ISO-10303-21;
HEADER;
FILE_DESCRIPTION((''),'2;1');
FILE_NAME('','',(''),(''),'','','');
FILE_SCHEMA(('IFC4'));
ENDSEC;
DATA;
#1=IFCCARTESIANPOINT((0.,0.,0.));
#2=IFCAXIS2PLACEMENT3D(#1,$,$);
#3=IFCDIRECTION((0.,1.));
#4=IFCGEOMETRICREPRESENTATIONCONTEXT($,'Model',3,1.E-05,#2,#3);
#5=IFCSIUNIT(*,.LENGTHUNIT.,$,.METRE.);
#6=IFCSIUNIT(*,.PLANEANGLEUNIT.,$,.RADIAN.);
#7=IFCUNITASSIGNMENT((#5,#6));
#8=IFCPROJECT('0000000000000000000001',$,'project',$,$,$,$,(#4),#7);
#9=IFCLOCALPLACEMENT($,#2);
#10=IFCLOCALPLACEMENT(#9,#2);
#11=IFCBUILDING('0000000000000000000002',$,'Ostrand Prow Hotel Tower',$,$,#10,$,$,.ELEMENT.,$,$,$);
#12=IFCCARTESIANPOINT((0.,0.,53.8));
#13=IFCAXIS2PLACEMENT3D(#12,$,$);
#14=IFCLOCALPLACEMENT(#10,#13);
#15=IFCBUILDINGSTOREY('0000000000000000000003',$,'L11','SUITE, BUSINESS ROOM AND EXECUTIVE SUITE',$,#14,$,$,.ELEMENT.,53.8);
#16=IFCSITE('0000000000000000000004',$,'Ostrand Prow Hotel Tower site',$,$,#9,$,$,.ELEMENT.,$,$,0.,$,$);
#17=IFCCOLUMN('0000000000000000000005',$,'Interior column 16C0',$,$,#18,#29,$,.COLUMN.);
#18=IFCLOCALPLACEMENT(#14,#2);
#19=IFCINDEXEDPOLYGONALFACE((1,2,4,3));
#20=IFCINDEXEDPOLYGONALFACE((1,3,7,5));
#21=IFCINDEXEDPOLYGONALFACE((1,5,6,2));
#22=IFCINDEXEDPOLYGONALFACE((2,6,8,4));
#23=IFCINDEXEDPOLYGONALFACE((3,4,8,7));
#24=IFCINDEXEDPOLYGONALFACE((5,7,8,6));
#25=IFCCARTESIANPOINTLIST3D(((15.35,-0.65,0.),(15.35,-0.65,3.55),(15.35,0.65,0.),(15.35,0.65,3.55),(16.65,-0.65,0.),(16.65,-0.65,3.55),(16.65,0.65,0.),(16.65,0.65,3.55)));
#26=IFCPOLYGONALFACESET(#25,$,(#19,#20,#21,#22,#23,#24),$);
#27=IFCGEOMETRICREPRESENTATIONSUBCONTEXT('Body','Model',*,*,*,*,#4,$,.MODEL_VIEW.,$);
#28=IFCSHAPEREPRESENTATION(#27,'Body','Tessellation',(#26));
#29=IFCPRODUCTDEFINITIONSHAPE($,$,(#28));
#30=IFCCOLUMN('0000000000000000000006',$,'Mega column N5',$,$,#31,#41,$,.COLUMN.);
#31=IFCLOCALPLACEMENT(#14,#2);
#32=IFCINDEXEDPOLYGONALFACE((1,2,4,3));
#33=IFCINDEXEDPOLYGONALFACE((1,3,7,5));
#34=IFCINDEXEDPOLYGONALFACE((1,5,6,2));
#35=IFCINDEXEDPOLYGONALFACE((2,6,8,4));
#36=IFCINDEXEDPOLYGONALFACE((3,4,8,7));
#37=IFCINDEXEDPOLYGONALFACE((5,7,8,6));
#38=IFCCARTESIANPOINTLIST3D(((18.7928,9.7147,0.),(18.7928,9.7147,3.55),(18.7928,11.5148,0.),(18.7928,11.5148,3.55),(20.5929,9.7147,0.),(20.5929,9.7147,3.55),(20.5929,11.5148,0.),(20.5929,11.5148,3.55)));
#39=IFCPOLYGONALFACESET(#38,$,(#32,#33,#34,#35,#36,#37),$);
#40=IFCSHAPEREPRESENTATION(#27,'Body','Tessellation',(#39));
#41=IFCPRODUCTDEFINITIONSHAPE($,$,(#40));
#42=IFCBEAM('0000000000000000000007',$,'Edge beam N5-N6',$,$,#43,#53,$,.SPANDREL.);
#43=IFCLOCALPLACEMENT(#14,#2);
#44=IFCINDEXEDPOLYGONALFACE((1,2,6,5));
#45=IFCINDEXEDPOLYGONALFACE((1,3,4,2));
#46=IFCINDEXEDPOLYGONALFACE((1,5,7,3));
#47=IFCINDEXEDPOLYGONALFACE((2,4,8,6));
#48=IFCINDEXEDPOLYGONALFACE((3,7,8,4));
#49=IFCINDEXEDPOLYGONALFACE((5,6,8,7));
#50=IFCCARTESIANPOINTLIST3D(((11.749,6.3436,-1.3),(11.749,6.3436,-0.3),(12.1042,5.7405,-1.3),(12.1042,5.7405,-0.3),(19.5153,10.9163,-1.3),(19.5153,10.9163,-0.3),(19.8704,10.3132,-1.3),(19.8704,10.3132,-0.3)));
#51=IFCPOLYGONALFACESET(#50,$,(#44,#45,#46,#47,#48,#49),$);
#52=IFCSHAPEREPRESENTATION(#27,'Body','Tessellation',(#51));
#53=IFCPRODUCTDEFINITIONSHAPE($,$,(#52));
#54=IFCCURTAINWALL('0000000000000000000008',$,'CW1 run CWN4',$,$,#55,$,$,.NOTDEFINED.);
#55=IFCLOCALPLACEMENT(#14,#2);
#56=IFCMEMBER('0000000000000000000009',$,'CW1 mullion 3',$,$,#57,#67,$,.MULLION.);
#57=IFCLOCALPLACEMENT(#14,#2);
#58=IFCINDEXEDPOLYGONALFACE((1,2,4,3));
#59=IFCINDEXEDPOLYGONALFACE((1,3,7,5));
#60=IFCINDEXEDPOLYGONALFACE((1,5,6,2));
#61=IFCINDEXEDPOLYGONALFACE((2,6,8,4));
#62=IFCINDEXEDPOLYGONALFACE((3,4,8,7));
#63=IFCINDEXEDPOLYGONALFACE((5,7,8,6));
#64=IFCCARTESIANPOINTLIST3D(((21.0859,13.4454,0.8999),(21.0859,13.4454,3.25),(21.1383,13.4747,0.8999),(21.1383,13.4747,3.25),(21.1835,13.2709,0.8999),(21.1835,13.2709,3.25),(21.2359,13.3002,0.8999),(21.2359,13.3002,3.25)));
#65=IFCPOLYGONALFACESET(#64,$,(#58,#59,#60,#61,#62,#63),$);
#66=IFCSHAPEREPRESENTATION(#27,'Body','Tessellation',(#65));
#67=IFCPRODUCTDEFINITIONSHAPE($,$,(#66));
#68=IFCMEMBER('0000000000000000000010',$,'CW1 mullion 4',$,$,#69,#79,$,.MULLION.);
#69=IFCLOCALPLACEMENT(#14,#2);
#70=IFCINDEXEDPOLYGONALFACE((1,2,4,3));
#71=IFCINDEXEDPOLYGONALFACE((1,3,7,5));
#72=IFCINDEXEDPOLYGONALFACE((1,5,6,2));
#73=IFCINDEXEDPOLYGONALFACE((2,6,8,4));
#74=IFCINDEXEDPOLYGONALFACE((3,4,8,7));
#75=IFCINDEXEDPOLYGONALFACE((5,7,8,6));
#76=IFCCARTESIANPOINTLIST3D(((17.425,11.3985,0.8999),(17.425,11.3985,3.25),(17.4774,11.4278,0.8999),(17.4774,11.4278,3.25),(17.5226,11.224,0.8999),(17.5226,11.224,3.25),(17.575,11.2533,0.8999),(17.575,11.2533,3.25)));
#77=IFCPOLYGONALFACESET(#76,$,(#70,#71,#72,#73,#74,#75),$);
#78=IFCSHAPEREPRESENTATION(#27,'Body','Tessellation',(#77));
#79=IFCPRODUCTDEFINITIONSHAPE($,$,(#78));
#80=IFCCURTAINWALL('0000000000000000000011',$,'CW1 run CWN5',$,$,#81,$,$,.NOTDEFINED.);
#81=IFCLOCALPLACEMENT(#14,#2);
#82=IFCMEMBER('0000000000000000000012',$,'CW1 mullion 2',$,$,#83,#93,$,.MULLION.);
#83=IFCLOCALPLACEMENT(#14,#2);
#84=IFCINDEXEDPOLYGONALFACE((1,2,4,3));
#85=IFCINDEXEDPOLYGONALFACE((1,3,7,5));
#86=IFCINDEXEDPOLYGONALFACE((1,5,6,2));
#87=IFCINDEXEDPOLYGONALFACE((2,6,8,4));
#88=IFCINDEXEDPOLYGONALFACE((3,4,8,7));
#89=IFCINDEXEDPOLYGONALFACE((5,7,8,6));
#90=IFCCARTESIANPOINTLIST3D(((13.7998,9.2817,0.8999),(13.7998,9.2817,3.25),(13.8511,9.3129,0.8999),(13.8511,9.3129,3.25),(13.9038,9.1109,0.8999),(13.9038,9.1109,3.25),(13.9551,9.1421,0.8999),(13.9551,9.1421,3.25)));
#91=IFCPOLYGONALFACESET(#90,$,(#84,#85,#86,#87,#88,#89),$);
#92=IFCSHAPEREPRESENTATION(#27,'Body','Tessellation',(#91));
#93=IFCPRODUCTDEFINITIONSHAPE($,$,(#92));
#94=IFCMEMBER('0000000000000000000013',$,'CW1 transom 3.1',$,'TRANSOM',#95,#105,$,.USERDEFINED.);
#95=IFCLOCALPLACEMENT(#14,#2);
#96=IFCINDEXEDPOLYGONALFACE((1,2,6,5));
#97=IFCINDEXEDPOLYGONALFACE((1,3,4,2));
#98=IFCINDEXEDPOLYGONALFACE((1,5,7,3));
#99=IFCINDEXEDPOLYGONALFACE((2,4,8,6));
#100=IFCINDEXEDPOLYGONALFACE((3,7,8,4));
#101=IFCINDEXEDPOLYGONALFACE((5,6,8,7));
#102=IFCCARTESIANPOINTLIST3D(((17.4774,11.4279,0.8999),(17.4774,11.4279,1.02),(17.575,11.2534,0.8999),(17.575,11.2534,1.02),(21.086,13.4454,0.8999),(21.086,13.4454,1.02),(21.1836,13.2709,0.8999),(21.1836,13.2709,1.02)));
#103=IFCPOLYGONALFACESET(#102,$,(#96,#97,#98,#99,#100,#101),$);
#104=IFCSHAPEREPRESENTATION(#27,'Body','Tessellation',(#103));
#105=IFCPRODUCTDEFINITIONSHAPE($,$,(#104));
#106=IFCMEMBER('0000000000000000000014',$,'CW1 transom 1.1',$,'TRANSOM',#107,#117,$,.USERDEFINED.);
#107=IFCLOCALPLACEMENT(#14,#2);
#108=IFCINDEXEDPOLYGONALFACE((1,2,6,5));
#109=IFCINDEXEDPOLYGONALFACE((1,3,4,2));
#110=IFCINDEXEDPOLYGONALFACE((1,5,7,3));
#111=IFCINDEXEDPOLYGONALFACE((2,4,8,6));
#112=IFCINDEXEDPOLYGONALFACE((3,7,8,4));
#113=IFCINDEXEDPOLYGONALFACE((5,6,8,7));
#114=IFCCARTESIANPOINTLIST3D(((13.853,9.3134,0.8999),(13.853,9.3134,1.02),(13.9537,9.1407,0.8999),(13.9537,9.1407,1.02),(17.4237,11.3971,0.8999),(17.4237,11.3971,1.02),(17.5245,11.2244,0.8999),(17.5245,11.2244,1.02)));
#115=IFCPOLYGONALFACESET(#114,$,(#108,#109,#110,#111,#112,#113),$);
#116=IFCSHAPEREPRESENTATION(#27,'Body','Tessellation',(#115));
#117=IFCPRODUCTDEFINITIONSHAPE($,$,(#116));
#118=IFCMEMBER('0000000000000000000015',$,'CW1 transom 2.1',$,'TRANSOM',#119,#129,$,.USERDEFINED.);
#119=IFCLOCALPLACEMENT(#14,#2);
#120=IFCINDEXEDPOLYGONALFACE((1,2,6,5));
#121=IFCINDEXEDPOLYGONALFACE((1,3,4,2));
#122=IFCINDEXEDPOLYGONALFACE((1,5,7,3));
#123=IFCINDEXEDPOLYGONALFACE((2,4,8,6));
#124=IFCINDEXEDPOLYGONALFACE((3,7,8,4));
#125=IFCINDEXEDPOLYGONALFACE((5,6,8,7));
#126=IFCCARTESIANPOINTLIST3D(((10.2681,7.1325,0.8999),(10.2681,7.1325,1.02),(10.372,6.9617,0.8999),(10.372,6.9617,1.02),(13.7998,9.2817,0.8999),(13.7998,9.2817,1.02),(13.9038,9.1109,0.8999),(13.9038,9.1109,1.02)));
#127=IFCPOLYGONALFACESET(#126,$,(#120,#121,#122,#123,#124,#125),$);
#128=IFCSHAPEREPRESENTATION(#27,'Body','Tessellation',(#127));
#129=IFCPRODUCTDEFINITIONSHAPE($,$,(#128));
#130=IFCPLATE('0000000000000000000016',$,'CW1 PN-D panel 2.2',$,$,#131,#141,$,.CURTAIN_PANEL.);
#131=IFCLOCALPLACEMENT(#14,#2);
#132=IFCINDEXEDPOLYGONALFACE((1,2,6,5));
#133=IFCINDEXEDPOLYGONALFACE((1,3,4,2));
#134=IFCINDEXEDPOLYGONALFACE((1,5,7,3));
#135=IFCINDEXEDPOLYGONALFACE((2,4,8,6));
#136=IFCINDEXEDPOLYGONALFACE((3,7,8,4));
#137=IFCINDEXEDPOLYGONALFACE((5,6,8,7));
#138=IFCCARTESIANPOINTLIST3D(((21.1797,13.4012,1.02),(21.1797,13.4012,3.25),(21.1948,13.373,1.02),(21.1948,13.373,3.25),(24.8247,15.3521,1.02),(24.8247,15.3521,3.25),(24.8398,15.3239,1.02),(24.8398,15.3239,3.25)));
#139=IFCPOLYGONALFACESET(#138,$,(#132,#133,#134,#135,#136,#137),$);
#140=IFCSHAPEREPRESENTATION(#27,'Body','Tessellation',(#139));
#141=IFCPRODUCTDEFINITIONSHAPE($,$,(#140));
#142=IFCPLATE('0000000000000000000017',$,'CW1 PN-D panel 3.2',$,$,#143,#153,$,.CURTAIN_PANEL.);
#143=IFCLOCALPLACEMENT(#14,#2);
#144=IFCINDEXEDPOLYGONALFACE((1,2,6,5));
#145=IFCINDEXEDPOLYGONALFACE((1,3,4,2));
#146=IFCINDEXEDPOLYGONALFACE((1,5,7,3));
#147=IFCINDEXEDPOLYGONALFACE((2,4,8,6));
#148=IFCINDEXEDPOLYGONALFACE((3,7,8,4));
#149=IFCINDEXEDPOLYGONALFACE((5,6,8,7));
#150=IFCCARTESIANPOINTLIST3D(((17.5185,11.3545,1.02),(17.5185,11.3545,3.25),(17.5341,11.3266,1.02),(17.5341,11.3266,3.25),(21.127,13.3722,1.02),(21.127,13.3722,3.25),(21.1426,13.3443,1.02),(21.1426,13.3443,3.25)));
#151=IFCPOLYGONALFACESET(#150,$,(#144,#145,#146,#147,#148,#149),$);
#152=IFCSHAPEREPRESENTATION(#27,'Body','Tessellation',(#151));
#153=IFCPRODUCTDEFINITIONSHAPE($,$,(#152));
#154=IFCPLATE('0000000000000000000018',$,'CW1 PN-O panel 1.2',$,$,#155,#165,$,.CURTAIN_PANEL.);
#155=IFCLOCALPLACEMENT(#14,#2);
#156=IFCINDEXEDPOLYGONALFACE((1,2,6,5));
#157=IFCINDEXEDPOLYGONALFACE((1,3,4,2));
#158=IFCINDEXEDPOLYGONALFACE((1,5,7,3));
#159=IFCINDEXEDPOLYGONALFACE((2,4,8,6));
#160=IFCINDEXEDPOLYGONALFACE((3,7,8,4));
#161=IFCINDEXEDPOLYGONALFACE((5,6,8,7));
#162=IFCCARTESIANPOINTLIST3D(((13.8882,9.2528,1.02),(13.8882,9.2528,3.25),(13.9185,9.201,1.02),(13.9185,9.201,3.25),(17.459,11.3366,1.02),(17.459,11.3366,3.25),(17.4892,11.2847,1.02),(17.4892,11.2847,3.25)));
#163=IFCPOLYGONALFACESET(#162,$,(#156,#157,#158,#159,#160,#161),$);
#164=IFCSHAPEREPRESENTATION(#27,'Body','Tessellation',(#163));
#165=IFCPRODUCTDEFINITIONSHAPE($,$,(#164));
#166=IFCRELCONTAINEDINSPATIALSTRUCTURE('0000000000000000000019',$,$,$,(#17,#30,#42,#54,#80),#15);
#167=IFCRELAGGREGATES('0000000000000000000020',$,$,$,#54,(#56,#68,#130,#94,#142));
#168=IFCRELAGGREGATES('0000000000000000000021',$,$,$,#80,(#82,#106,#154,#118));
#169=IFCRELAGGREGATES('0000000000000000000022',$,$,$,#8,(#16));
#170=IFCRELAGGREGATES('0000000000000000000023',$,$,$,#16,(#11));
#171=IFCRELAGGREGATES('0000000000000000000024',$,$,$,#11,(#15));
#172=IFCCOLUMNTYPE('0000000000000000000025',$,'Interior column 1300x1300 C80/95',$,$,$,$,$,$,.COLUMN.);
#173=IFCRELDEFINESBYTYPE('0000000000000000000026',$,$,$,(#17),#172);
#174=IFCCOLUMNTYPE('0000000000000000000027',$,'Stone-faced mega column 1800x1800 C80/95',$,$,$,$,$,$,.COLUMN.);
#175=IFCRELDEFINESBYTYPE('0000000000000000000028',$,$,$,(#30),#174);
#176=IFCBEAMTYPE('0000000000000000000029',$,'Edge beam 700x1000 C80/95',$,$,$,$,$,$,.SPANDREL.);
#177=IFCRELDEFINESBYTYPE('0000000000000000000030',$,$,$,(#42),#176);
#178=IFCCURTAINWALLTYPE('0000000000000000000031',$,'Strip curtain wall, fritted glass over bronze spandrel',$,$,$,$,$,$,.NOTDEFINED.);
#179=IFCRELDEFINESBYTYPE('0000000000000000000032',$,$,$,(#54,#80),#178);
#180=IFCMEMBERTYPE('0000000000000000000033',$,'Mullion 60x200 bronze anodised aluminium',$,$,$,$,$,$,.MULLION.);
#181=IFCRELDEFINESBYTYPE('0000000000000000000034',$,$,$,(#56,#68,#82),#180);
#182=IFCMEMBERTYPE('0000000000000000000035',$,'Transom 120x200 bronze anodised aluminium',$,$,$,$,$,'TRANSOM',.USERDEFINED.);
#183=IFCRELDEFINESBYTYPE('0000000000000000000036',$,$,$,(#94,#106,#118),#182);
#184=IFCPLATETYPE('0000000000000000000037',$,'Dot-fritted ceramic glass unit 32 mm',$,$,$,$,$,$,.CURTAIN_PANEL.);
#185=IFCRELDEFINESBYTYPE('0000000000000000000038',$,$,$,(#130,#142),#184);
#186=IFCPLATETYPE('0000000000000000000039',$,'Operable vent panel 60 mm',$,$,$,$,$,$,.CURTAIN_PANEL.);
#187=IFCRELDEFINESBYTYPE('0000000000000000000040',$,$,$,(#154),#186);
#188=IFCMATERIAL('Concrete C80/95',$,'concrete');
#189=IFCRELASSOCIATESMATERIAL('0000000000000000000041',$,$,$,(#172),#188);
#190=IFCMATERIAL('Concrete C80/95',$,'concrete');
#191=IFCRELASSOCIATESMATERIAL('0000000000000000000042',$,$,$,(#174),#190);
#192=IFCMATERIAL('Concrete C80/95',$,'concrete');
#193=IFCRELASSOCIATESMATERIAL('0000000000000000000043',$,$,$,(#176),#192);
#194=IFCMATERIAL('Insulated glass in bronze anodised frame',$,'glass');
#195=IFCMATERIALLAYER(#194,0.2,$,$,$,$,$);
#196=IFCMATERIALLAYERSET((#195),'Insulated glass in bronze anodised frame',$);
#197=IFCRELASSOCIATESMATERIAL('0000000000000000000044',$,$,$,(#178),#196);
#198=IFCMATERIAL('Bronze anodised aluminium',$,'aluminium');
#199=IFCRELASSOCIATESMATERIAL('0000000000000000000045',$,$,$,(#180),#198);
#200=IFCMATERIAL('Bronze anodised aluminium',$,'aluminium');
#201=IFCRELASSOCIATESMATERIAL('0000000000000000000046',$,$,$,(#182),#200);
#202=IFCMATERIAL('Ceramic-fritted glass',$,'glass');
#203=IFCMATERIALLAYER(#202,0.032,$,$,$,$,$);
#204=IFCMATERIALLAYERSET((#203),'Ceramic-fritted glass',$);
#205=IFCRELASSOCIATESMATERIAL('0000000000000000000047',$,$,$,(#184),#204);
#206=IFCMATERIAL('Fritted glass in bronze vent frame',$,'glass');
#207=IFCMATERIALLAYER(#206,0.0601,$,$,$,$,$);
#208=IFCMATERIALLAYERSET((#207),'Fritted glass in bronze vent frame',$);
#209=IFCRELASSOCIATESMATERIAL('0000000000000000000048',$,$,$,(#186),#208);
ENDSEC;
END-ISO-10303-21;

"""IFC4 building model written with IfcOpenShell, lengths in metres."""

from ifc_helpers import new_model, si_unit, direction, frame, origin, origin_2d, place, context, subcontext, project, spatial, rectangle, extrude, material, layer, layer_set, material_profile, profile_set, type_object, element, aggregate, save


model = new_model("IFC4")

# Units and contexts
model_context = context("Model", 3, precision=1e-05, world=origin(), true_north=direction((0.0, 1.0)))
body_context = subcontext(model_context, "Body", "Model", "MODEL_VIEW")
ifc_project = project(units=[si_unit("LENGTHUNIT", "METRE"), si_unit("PLANEANGLEUNIT", "RADIAN")], contexts=[model_context])

# Site, building, storey
site_placement = place(None, origin())
site = spatial("IfcSite", under=ifc_project, at=site_placement, Name="Ostrand Prow Hotel Tower site", CompositionType="ELEMENT", RefElevation=0.0)
building_placement = place(site_placement, origin())
building = spatial("IfcBuilding", under=site, at=building_placement, Name="Ostrand Prow Hotel Tower", CompositionType="ELEMENT")
storey_placement = place(building_placement, frame((0.0, 0.0, 53.8)))
storey = spatial("IfcBuildingStorey", under=building, at=storey_placement, Name="L11", Description="SUITE, BUSINESS ROOM AND EXECUTIVE SUITE", CompositionType="ELEMENT", Elevation=53.8)

# Columns
ifc_material_1 = material(Name="Concrete C80/95", Category="concrete")
ifc_material_profile_1 = material_profile(ifc_material_1, rectangle(XDim=1.3, YDim=1.3, at=origin_2d()), Name="RC 1300x1300")
ifc_profile_set_1 = profile_set([ifc_material_profile_1], Name="Concrete C80/95")
column_type_1 = type_object("IfcColumnType", Name="Interior column 1300x1300 C80/95", PredefinedType="COLUMN", material=ifc_profile_set_1)
column_1_placement = place(storey_placement, frame((16.0, 0.0, 0.0), z_axis=(0.0, 0.0, 1.0), x_axis=(1.0, 0.0, 0.0)))
element("IfcColumn", 1, at=column_1_placement, inside=storey, type_object=column_type_1, Name="Interior column 16C0", PredefinedType="COLUMN", context=body_context, shape_type="SweptSolid", body=[
    extrude(rectangle(XDim=1.3, YDim=1.3, at=origin_2d()), origin(), (0.0, 0.0, 1.0), 3.55),
])
ifc_material_2 = material(Name="Concrete C80/95", Category="concrete")
ifc_material_profile_2 = material_profile(ifc_material_2, rectangle(XDim=1.8, YDim=1.8, at=origin_2d()), Name="RC 1800x1800")
ifc_profile_set_2 = profile_set([ifc_material_profile_2], Name="Concrete C80/95")
column_type_2 = type_object("IfcColumnType", Name="Stone-faced mega column 1800x1800 C80/95", PredefinedType="COLUMN", material=ifc_profile_set_2)
column_2_placement = place(storey_placement, frame((19.6929, 10.6147, 0.0), z_axis=(0.0, 0.0, 1.0), x_axis=(1.0, 0.0, 0.0)))
element("IfcColumn", 2, at=column_2_placement, inside=storey, type_object=column_type_2, Name="Mega column N5", PredefinedType="COLUMN", context=body_context, shape_type="SweptSolid", body=[
    extrude(rectangle(XDim=1.8, YDim=1.8, at=origin_2d()), origin(), (0.0, 0.0, 1.0), 3.55),
])

# Beam
ifc_material_3 = material(Name="Concrete C80/95", Category="concrete")
ifc_material_profile_3 = material_profile(ifc_material_3, rectangle(XDim=0.7, YDim=1.0, at=origin_2d()), Name="RC 700x1000")
ifc_profile_set_3 = profile_set([ifc_material_profile_3], Name="Concrete C80/95")
beam_type = type_object("IfcBeamType", Name="Edge beam 700x1000 C80/95", PredefinedType="SPANDREL", material=ifc_profile_set_3)
beam_placement = place(storey_placement, frame((19.6929, 10.6147, -0.8), z_axis=(-0.861725, -0.507375, 0.0), x_axis=(0.507375, -0.861725, 0.0)))
element("IfcBeam", 3, at=beam_placement, inside=storey, type_object=beam_type, Name="Edge beam N5-N6", PredefinedType="SPANDREL", context=body_context, shape_type="SweptSolid", body=[
    extrude(rectangle(XDim=0.7, YDim=1.0, at=origin_2d()), origin(), (0.0, 0.0, 1.0), 9.0125),
])

# Curtain wall, members
ifc_material_4 = material(Name="Insulated glass in bronze anodised frame", Category="glass")
ifc_layer_1 = layer(ifc_material_4, 0.2)
ifc_layer_set_1 = layer_set([ifc_layer_1], Name="Insulated glass in bronze anodised frame")
curtain_wall_type = type_object("IfcCurtainWallType", Name="Strip curtain wall, fritted glass over bronze spandrel", PredefinedType="NOTDEFINED", material=ifc_layer_set_1)
curtain_wall_1_placement = place(storey_placement, origin())
curtain_wall_1 = element("IfcCurtainWall", 4, at=curtain_wall_1_placement, inside=storey, type_object=curtain_wall_type, Name="CW1 run CWN4", PredefinedType="NOTDEFINED")
ifc_material_5 = material(Name="Bronze anodised aluminium", Category="aluminium")
ifc_material_profile_4 = material_profile(ifc_material_5, rectangle(XDim=0.2, YDim=0.0601, at=origin_2d()), Name="Mullion 60x200 bronze anodised aluminium")
ifc_profile_set_4 = profile_set([ifc_material_profile_4], Name="Bronze anodised aluminium")
member_type_1 = type_object("IfcMemberType", Name="Mullion 60x200 bronze anodised aluminium", PredefinedType="MULLION", material=ifc_profile_set_4)
member_1_placement = place(storey_placement, frame((21.1609, 13.3728, 0.8999), z_axis=(0.0, 0.0, 1.0), x_axis=(0.488044, -0.872819, 0.0)))
member_1 = element("IfcMember", 5, at=member_1_placement, type_object=member_type_1, Name="CW1 mullion 3", PredefinedType="MULLION", context=body_context, shape_type="SweptSolid", body=[
    extrude(rectangle(XDim=0.2, YDim=0.0601, at=origin_2d()), origin(), (0.0, 0.0, 1.0), 2.3501),
])
member_2_placement = place(storey_placement, frame((17.5, 11.3259, 0.8999), z_axis=(0.0, 0.0, 1.0), x_axis=(0.488044, -0.872819, 0.0)))
member_2 = element("IfcMember", 6, at=member_2_placement, type_object=member_type_1, Name="CW1 mullion 4", PredefinedType="MULLION", context=body_context, shape_type="SweptSolid", body=[
    extrude(rectangle(XDim=0.2, YDim=0.0601, at=origin_2d()), origin(), (0.0, 0.0, 1.0), 2.3501),
])

# Curtain wall, member
curtain_wall_2_placement = place(storey_placement, origin())
curtain_wall_2 = element("IfcCurtainWall", 7, at=curtain_wall_2_placement, inside=storey, type_object=curtain_wall_type, Name="CW1 run CWN5", PredefinedType="NOTDEFINED")
member_3_placement = place(storey_placement, frame((13.8774, 9.2119, 0.8999), z_axis=(0.0, 0.0, 1.0), x_axis=(0.519831, -0.854269, 0.0)))
member_3 = element("IfcMember", 8, at=member_3_placement, type_object=member_type_1, Name="CW1 mullion 2", PredefinedType="MULLION", context=body_context, shape_type="SweptSolid", body=[
    extrude(rectangle(XDim=0.2, YDim=0.0601, at=origin_2d()), origin(), (0.0, 0.0, 1.0), 2.3501),
])

# Members
ifc_material_6 = material(Name="Bronze anodised aluminium", Category="aluminium")
ifc_material_profile_5 = material_profile(ifc_material_6, rectangle(XDim=0.2, YDim=0.1201, at=origin_2d()), Name="Transom 120x200 bronze anodised aluminium")
ifc_profile_set_5 = profile_set([ifc_material_profile_5], Name="Bronze anodised aluminium")
member_type_2 = type_object("IfcMemberType", Name="Transom 120x200 bronze anodised aluminium", ElementType="TRANSOM", PredefinedType="USERDEFINED", material=ifc_profile_set_5)
member_4_placement = place(storey_placement, frame((21.1348, 13.3582, 0.96), z_axis=(-0.872842, -0.488003, 0.0), x_axis=(0.488003, -0.872842, 0.0)))
member_4 = element("IfcMember", 9, at=member_4_placement, type_object=member_type_2, Name="CW1 transom 3.1", ObjectType="TRANSOM", PredefinedType="USERDEFINED", context=body_context, shape_type="SweptSolid", body=[
    extrude(rectangle(XDim=0.2, YDim=0.1201, at=origin_2d()), origin(), (0.0, 0.0, 1.0), 4.1343),
])
member_5_placement = place(storey_placement, frame((17.4741, 11.3108, 0.96), z_axis=(-0.863698, -0.504011, 0.0), x_axis=(0.504011, -0.863698, 0.0)))
member_5 = element("IfcMember", 10, at=member_5_placement, type_object=member_type_2, Name="CW1 transom 1.1", ObjectType="TRANSOM", PredefinedType="USERDEFINED", context=body_context, shape_type="SweptSolid", body=[
    extrude(rectangle(XDim=0.2, YDim=0.1201, at=origin_2d()), origin(), (0.0, 0.0, 1.0), 4.1343),
])
member_6_placement = place(storey_placement, frame((13.8518, 9.1963, 0.96), z_axis=(-0.854261, -0.519844, 0.0), x_axis=(0.519844, -0.854261, 0.0)))
member_6 = element("IfcMember", 11, at=member_6_placement, type_object=member_type_2, Name="CW1 transom 2.1", ObjectType="TRANSOM", PredefinedType="USERDEFINED", context=body_context, shape_type="SweptSolid", body=[
    extrude(rectangle(XDim=0.2, YDim=0.1201, at=origin_2d()), origin(), (0.0, 0.0, 1.0), 4.1343),
])

# Plates
ifc_material_7 = material(Name="Ceramic-fritted glass", Category="glass")
ifc_layer_2 = layer(ifc_material_7, 0.032)
ifc_layer_set_2 = layer_set([ifc_layer_2], Name="Ceramic-fritted glass")
plate_type_1 = type_object("IfcPlateType", Name="Dot-fritted ceramic glass unit 32 mm", PredefinedType="CURTAIN_PANEL", material=ifc_layer_set_2)
plate_1_placement = place(storey_placement, frame((23.0098, 14.3625, 1.02), z_axis=(0.0, 0.0, 1.0), x_axis=(-0.881652, -0.4719, 0.0)))
plate_1 = element("IfcPlate", 12, at=plate_1_placement, type_object=plate_type_1, Name="CW1 PN-D panel 2.2", PredefinedType="CURTAIN_PANEL", context=body_context, shape_type="SweptSolid", body=[
    extrude(rectangle(XDim=4.1343, YDim=0.032, at=origin_2d()), origin(), (0.0, 0.0, 1.0), 2.23),
])
plate_2_placement = place(storey_placement, frame((19.3306, 12.3494, 1.02), z_axis=(0.0, 0.0, 1.0), x_axis=(-0.872819, -0.488044, 0.0)))
plate_2 = element("IfcPlate", 13, at=plate_2_placement, type_object=plate_type_1, Name="CW1 PN-D panel 3.2", PredefinedType="CURTAIN_PANEL", context=body_context, shape_type="SweptSolid", body=[
    extrude(rectangle(XDim=4.1343, YDim=0.032, at=origin_2d()), origin(), (0.0, 0.0, 1.0), 2.23),
])
aggregate(curtain_wall_1, [member_1, member_2, plate_1, member_4, plate_2])
ifc_material_8 = material(Name="Fritted glass in bronze vent frame", Category="glass")
ifc_layer_3 = layer(ifc_material_8, 0.0601)
ifc_layer_set_3 = layer_set([ifc_layer_3], Name="Fritted glass in bronze vent frame")
plate_type_2 = type_object("IfcPlateType", Name="Operable vent panel 60 mm", PredefinedType="CURTAIN_PANEL", material=ifc_layer_set_3)
plate_3_placement = place(storey_placement, frame((15.6887, 10.2688, 1.02), z_axis=(0.0, 0.0, 1.0), x_axis=(-0.86369, -0.504023, 0.0)))
plate_3 = element("IfcPlate", 14, at=plate_3_placement, type_object=plate_type_2, Name="CW1 PN-O panel 1.2", PredefinedType="CURTAIN_PANEL", context=body_context, shape_type="SweptSolid", body=[
    extrude(rectangle(XDim=4.1343, YDim=0.0601, at=origin_2d()), origin(), (0.0, 0.0, 1.0), 2.23),
])
aggregate(curtain_wall_2, [member_3, member_5, plate_3, member_6])

save(model, "model.ifc")
